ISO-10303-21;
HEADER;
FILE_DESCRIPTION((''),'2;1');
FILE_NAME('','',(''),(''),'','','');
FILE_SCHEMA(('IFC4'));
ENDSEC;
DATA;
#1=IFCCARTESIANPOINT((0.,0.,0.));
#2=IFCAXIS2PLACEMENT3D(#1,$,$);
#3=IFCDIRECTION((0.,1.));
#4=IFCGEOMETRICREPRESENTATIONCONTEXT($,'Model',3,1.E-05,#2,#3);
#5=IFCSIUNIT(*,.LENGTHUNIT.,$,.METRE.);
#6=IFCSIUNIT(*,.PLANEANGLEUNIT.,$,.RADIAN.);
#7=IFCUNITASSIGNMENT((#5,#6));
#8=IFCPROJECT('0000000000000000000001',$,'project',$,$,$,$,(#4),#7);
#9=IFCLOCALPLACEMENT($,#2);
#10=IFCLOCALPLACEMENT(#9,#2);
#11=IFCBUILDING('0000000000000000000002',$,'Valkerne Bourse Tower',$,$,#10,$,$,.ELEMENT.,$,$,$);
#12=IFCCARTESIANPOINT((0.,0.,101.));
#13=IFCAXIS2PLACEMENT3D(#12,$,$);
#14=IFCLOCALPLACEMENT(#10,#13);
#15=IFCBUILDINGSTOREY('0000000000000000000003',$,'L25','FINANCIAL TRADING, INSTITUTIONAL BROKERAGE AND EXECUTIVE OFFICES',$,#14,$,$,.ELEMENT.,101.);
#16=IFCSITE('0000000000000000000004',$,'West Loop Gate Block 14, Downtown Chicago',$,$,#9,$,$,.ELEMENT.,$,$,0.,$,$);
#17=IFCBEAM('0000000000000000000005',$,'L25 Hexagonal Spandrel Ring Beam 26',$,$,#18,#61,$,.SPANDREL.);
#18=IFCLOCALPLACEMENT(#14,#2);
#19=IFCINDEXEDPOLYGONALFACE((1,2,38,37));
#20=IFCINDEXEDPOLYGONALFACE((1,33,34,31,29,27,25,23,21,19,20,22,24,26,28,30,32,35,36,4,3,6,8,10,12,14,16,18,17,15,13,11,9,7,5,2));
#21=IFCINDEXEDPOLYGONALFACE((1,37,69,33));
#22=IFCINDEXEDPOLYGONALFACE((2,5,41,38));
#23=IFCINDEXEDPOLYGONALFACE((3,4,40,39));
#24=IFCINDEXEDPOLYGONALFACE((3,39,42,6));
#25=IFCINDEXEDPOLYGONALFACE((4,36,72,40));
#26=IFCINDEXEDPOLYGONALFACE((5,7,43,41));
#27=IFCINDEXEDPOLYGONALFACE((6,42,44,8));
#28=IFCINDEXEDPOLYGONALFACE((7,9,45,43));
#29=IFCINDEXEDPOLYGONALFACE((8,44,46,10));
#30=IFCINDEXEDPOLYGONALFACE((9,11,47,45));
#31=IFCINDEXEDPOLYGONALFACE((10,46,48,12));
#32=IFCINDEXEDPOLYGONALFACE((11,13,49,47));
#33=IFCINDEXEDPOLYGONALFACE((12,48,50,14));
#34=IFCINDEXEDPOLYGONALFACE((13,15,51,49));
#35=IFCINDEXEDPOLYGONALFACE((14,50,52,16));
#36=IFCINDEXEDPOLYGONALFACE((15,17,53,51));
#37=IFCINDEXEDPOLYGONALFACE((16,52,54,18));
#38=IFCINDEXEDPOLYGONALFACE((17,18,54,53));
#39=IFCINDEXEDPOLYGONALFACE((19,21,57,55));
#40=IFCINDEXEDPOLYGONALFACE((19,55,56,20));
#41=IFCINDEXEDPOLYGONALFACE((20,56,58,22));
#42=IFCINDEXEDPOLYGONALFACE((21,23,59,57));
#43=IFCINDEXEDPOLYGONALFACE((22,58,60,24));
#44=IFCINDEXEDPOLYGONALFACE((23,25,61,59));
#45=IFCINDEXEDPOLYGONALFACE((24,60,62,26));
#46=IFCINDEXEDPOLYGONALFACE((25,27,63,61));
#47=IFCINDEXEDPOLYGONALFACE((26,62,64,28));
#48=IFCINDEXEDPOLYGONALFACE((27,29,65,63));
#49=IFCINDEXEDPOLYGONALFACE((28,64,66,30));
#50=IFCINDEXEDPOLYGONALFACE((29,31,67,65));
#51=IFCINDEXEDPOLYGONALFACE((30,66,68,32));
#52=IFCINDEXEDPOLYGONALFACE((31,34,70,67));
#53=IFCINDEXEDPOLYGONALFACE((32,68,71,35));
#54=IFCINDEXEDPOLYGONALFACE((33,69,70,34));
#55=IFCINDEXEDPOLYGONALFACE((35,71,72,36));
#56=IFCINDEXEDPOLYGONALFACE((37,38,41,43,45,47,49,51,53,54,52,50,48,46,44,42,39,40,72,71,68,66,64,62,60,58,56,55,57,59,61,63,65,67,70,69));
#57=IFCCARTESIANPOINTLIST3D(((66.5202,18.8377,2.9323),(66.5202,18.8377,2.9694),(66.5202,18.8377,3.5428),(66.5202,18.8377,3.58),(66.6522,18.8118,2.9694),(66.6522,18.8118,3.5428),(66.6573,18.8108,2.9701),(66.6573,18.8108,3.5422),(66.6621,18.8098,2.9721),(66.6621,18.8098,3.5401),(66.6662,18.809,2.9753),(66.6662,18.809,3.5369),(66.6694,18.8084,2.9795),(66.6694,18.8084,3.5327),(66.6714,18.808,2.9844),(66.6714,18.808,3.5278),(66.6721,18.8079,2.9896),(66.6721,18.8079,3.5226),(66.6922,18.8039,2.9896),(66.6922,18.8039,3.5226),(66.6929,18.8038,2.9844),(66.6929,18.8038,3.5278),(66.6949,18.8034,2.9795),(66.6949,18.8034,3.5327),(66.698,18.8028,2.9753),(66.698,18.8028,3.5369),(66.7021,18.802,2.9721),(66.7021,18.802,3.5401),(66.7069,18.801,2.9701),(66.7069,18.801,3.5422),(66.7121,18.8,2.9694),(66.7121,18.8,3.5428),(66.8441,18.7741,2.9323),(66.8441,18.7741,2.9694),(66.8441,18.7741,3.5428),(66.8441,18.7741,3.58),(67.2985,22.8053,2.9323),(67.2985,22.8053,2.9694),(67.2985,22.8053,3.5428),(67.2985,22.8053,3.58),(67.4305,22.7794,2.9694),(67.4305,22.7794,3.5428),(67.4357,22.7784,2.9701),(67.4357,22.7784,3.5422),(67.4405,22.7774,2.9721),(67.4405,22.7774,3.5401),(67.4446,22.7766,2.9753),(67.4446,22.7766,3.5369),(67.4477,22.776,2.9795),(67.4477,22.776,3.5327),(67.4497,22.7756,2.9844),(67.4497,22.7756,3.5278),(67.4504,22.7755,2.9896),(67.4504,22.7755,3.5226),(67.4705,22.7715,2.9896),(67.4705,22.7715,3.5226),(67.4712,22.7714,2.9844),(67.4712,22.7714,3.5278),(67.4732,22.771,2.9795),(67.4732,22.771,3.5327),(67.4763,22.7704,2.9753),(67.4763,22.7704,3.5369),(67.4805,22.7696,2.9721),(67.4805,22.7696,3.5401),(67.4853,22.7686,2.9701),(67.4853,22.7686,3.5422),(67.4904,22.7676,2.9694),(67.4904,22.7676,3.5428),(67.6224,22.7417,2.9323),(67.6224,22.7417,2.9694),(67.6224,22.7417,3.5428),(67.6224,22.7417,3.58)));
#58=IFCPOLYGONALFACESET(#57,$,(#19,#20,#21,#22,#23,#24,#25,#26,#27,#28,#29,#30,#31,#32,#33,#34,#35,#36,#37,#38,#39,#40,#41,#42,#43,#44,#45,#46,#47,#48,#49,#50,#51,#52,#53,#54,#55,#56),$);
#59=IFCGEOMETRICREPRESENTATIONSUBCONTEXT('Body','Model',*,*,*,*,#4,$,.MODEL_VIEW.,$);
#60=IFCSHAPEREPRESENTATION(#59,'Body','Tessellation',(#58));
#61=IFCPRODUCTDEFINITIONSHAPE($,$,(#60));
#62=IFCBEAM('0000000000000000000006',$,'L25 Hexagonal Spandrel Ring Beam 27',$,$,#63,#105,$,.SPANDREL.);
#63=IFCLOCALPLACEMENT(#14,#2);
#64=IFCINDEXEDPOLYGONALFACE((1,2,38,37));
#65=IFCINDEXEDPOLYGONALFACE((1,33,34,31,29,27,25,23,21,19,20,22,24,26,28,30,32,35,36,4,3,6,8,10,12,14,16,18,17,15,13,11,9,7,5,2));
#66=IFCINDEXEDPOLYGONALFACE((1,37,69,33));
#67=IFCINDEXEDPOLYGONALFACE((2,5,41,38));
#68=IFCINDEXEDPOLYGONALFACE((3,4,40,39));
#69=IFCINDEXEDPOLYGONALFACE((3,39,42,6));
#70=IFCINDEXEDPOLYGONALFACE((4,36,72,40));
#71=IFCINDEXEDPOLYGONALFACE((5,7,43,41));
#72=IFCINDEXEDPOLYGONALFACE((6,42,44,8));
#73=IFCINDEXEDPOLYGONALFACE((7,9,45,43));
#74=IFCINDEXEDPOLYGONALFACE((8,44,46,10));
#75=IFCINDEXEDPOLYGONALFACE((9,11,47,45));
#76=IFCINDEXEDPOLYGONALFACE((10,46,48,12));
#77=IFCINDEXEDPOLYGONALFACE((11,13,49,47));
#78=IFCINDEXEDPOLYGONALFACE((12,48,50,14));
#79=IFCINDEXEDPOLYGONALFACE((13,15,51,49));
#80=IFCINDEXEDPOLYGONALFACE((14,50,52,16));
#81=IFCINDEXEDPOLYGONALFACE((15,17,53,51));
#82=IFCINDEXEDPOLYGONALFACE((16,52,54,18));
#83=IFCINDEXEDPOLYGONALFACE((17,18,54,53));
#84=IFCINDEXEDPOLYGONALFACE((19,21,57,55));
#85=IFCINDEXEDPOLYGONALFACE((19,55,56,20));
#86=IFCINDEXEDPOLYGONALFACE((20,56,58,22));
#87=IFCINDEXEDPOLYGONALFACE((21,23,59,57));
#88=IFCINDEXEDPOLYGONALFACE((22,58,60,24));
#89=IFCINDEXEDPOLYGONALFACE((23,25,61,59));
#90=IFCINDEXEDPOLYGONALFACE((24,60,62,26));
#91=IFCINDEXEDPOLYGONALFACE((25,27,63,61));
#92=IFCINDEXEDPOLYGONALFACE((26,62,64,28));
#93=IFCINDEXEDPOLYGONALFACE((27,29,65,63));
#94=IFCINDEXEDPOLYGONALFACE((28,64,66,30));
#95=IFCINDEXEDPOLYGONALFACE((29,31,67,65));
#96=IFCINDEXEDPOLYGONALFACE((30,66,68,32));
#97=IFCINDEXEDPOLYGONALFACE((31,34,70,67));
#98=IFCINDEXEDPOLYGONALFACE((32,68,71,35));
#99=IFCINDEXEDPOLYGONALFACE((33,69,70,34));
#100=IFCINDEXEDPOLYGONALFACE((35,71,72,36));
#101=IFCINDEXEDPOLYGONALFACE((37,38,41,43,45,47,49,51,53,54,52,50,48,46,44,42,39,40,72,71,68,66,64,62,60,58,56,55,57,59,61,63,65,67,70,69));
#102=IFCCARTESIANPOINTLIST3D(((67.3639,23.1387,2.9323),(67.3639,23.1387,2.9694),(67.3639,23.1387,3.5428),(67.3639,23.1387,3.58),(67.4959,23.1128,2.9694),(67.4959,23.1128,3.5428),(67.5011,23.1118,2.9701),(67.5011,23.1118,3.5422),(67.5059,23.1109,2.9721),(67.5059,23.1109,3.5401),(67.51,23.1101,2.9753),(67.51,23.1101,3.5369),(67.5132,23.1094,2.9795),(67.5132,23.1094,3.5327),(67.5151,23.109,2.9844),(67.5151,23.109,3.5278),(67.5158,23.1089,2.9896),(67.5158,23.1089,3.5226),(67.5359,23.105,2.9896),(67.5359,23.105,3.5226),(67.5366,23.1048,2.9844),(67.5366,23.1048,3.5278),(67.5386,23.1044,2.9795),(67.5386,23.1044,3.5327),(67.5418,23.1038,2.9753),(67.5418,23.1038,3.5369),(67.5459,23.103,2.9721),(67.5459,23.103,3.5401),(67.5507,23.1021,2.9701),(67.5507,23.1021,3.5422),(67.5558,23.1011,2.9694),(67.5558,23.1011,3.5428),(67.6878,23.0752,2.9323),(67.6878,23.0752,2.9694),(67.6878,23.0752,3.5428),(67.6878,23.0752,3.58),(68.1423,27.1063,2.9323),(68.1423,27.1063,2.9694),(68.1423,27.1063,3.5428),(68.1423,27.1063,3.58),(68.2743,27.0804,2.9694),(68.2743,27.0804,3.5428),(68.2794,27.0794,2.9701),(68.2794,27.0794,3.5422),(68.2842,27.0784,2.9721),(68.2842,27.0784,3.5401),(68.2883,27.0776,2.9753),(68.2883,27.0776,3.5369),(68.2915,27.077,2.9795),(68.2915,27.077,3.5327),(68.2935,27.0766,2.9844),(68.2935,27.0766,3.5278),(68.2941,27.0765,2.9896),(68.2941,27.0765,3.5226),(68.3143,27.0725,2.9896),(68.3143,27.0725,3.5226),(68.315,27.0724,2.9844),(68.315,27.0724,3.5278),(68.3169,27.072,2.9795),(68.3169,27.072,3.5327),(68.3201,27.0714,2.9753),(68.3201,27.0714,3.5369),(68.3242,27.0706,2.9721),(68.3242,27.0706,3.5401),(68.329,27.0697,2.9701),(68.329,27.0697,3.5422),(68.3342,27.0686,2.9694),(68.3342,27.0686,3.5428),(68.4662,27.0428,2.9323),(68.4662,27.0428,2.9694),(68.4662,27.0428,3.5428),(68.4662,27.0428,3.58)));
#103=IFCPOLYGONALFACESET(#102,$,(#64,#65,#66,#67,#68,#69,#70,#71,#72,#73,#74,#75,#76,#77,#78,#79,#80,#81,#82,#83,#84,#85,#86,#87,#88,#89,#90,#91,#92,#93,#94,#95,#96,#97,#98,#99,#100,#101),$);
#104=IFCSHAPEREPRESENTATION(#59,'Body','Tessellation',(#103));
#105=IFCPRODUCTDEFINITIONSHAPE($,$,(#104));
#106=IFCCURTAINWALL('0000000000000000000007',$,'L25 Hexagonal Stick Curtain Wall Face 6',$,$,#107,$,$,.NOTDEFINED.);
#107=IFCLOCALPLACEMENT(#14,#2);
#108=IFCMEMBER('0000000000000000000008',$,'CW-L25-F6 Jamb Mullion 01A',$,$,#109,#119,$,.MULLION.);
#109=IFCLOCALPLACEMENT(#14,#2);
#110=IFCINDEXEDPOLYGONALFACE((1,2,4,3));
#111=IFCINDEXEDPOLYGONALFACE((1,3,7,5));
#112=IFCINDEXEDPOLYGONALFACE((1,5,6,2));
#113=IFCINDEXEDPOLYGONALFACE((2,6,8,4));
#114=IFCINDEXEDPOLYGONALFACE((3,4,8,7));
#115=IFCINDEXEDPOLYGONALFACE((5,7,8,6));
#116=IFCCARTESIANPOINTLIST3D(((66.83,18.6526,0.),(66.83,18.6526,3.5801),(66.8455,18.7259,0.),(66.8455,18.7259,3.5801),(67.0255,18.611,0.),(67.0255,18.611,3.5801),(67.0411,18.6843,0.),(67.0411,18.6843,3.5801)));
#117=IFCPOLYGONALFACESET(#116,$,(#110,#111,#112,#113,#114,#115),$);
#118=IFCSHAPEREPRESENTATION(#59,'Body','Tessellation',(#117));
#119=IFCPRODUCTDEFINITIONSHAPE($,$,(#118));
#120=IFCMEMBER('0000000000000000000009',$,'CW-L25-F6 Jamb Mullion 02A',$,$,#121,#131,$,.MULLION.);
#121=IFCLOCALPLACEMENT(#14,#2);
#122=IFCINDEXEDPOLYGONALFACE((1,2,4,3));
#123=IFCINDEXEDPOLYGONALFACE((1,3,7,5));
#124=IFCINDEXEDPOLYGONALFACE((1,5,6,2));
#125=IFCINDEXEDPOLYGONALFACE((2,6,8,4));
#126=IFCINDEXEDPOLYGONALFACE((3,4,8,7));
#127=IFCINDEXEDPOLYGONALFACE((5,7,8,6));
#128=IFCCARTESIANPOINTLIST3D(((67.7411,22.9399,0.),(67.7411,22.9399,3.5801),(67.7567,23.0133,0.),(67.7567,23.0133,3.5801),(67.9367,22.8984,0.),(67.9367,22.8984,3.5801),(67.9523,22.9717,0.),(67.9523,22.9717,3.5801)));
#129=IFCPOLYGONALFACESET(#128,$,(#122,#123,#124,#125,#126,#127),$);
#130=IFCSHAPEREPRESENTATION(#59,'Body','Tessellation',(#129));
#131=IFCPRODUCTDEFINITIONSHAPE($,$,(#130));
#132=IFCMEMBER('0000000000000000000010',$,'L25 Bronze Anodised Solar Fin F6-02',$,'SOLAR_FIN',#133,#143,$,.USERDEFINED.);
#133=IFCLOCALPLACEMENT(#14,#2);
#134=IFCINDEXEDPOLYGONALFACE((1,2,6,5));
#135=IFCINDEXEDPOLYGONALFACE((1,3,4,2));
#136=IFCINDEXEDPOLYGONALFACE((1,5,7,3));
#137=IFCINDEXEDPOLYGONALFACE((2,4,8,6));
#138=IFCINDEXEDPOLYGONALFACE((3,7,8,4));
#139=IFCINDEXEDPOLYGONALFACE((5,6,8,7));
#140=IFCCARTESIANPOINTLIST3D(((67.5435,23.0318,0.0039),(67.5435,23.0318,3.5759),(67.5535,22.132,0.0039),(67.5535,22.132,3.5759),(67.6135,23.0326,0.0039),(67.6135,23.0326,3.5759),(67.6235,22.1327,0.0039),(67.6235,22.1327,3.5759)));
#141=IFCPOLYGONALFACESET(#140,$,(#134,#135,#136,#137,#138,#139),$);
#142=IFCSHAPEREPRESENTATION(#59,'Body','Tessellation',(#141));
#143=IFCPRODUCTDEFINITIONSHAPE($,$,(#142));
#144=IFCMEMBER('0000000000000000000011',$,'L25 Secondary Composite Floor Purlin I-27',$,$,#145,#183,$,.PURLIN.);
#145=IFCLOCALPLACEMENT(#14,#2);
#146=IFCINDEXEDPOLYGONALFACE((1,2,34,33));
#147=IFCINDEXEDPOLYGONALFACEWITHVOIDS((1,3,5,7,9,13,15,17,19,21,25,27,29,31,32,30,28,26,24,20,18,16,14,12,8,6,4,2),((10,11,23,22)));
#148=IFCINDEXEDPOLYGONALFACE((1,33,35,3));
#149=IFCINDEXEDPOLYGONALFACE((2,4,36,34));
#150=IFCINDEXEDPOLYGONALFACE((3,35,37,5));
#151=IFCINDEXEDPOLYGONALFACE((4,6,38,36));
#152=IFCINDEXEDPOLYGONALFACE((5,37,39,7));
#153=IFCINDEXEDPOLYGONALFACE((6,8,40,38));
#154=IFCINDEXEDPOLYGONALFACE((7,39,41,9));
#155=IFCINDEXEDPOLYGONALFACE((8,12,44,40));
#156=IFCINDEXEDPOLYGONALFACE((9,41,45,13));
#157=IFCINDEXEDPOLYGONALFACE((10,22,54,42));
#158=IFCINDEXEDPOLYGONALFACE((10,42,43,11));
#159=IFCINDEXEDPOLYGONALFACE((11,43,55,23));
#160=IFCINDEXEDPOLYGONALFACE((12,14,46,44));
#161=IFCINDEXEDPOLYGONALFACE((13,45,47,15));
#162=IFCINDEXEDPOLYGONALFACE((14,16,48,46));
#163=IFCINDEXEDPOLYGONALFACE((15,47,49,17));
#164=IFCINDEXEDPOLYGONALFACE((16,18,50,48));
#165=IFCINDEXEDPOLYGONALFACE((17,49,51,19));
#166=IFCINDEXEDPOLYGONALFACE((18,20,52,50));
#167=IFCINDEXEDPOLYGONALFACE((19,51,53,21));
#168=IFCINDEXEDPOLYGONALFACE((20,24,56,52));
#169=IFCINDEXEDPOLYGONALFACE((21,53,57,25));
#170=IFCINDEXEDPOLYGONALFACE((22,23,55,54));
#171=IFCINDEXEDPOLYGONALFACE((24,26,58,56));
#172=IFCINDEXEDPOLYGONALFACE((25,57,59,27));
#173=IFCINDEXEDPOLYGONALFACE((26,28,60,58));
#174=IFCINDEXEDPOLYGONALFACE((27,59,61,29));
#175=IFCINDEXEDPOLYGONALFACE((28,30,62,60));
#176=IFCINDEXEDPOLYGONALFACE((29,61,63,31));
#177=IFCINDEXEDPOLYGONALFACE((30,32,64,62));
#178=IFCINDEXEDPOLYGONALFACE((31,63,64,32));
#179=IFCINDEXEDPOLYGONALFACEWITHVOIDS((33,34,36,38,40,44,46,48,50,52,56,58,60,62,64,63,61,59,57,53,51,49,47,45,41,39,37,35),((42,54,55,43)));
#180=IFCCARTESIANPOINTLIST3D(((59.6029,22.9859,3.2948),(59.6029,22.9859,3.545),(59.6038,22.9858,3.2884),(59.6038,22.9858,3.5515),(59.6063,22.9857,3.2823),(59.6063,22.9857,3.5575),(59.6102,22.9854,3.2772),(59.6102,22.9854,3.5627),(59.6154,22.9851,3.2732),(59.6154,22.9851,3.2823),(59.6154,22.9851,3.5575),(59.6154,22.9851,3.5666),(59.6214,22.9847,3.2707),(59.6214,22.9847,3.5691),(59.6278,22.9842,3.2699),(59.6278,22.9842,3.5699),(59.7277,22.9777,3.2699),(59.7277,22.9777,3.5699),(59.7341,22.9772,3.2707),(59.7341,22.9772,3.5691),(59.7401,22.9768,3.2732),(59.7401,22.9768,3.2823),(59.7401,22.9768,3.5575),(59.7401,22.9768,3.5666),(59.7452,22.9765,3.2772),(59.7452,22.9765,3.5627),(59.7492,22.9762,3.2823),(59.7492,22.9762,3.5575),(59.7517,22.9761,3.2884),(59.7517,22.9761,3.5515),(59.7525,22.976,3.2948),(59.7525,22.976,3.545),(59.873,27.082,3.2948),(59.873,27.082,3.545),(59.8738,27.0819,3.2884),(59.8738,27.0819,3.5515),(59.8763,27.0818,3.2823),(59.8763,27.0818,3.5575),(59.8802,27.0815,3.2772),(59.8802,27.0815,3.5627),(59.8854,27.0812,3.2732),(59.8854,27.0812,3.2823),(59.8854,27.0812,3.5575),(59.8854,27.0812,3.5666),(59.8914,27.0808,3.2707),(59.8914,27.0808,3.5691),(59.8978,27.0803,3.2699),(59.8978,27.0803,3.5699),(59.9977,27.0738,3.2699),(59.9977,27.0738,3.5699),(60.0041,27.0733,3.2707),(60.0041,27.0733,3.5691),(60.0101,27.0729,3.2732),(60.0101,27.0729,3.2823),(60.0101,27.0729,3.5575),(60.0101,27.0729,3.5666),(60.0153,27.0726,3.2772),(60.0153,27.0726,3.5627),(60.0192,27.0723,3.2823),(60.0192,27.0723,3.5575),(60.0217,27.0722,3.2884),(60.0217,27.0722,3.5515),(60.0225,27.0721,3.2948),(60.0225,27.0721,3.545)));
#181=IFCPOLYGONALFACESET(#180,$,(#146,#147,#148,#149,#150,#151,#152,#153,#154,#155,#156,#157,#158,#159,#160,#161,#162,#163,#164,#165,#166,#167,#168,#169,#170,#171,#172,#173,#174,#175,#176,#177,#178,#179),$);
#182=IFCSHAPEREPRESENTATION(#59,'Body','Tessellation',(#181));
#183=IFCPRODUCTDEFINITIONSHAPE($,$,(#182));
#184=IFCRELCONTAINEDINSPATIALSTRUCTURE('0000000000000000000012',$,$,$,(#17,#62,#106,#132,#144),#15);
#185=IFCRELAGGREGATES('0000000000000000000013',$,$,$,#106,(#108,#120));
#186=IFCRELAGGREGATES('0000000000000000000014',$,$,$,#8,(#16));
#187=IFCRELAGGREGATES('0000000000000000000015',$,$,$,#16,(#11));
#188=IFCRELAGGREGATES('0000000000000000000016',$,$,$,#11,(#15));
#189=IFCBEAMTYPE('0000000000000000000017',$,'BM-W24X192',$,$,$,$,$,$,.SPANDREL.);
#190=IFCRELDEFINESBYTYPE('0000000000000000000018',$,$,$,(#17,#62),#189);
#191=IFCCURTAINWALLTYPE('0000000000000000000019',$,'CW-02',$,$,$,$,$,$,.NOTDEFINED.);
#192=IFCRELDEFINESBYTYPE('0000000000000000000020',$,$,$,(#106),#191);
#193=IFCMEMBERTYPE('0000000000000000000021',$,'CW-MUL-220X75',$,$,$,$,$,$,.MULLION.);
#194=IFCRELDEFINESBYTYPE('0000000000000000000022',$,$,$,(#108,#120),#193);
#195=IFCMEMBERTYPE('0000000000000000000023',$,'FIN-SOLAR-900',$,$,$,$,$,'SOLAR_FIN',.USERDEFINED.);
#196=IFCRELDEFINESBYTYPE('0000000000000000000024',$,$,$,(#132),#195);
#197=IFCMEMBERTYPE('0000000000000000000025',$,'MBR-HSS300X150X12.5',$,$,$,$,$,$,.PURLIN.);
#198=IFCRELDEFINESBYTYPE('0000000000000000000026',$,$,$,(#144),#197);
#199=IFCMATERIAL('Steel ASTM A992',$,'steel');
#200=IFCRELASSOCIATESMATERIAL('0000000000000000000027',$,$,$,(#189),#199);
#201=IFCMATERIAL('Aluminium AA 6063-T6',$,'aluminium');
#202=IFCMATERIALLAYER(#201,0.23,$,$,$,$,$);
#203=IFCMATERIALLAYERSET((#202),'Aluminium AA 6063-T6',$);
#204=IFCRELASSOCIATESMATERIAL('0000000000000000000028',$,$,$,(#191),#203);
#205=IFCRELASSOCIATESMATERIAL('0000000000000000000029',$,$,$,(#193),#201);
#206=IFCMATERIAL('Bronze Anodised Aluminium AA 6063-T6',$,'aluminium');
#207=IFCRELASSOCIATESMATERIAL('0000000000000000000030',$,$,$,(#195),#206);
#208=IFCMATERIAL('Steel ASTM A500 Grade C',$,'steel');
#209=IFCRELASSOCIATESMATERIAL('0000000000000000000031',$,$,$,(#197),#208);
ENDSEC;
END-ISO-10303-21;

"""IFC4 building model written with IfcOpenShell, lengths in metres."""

from ifc_helpers import new_model, si_unit, direction, frame, origin, origin_2d, place, context, subcontext, project, spatial, rectangle, hollow_rectangle, i_section, extrude, material, layer, layer_set, material_profile, profile_set, type_object, element, aggregate, save


model = new_model("IFC4")

# Units and contexts
model_context = context("Model", 3, precision=1e-05, world=origin(), true_north=direction((0.0, 1.0)))
body_context = subcontext(model_context, "Body", "Model", "MODEL_VIEW")
ifc_project = project(units=[si_unit("LENGTHUNIT", "METRE"), si_unit("PLANEANGLEUNIT", "RADIAN")], contexts=[model_context])

# Site, building, storey
site_placement = place(None, origin())
site = spatial("IfcSite", under=ifc_project, at=site_placement, Name="West Loop Gate Block 14, Downtown Chicago", CompositionType="ELEMENT", RefElevation=0.0)
building_placement = place(site_placement, origin())
building = spatial("IfcBuilding", under=site, at=building_placement, Name="Valkerne Bourse Tower", CompositionType="ELEMENT")
storey_placement = place(building_placement, frame((0.0, 0.0, 101.0)))
storey = spatial("IfcBuildingStorey", under=building, at=storey_placement, Name="L25", Description="FINANCIAL TRADING, INSTITUTIONAL BROKERAGE AND EXECUTIVE OFFICES", CompositionType="ELEMENT", Elevation=101.0)

# Beams
ifc_material_1 = material(Name="Steel ASTM A992", Category="steel")
ifc_material_profile_1 = material_profile(ifc_material_1, i_section(OverallWidth=0.3301, OverallDepth=0.6477, WebThickness=0.0205, FlangeThickness=0.0371, FilletRadius=0.0203, at=origin_2d()), Name="W24X192")
ifc_profile_set_1 = profile_set([ifc_material_profile_1], Name="Steel ASTM A992")
beam_type_1 = type_object("IfcBeamType", Name="BM-W24X192", PredefinedType="SPANDREL", material=ifc_profile_set_1)
for number, where, z_axis, x_axis, name in (
    (1, (66.6821, 18.8059, 3.2561), (0.192503, 0.981296, 0.0), (-0.981296, 0.192503, 0.0), "L25 Hexagonal Spandrel Ring Beam 26"),
    (2, (67.5259, 23.1069, 3.2561), (0.192503, 0.981296, 0.0), (-0.981296, 0.192503, 0.0), "L25 Hexagonal Spandrel Ring Beam 27"),
):
    element("IfcBeam", number, at=place(storey_placement, frame(where, z_axis=z_axis, x_axis=x_axis)), inside=storey, type_object=beam_type_1, Name=name, PredefinedType="SPANDREL", context=body_context, shape_type="SweptSolid", body=[
        extrude(i_section(OverallWidth=0.3301, OverallDepth=0.6477, WebThickness=0.0205, FlangeThickness=0.0371, FilletRadius=0.0203, at=origin_2d()), origin(), (0.0, 0.0, 1.0), 4.0432),
    ])

# Curtain wall, members
ifc_material_2 = material(Name="Aluminium AA 6063-T6", Category="aluminium")
ifc_layer_1 = layer(ifc_material_2, 0.23)
ifc_layer_set_1 = layer_set([ifc_layer_1], Name="Aluminium AA 6063-T6")
curtain_wall_type = type_object("IfcCurtainWallType", Name="CW-02", PredefinedType="NOTDEFINED", material=ifc_layer_set_1)
curtain_wall_placement = place(storey_placement, origin())
curtain_wall = element("IfcCurtainWall", 3, at=curtain_wall_placement, inside=storey, type_object=curtain_wall_type, Name="L25 Hexagonal Stick Curtain Wall Face 6", PredefinedType="NOTDEFINED")
ifc_material_profile_2 = material_profile(ifc_material_2, rectangle(XDim=0.075, YDim=0.2, at=origin_2d()), Name="CWM-75X200")
ifc_profile_set_2 = profile_set([ifc_material_profile_2], Name="Aluminium AA 6063-T6")
member_type_1 = type_object("IfcMemberType", Name="CW-MUL-220X75", PredefinedType="MULLION", material=ifc_profile_set_2)
member_1_placement = place(storey_placement, frame((66.9355, 18.6685, 0.0), z_axis=(0.0, 0.0, 1.0), x_axis=(0.207918, 0.978146, 0.0)))
member_1 = element("IfcMember", 4, at=member_1_placement, type_object=member_type_1, Name="CW-L25-F6 Jamb Mullion 01A", PredefinedType="MULLION", context=body_context, shape_type="SweptSolid", body=[
    extrude(rectangle(XDim=0.075, YDim=0.2, at=origin_2d()), origin(), (0.0, 0.0, 1.0), 3.5801),
])
member_2_placement = place(storey_placement, frame((67.8467, 22.9558, 0.0), z_axis=(0.0, 0.0, 1.0), x_axis=(0.207918, 0.978146, 0.0)))
member_2 = element("IfcMember", 5, at=member_2_placement, type_object=member_type_1, Name="CW-L25-F6 Jamb Mullion 02A", PredefinedType="MULLION", context=body_context, shape_type="SweptSolid", body=[
    extrude(rectangle(XDim=0.075, YDim=0.2, at=origin_2d()), origin(), (0.0, 0.0, 1.0), 3.5801),
])

# Members
ifc_material_3 = material(Name="Bronze Anodised Aluminium AA 6063-T6", Category="aluminium")
ifc_material_profile_3 = material_profile(ifc_material_3, rectangle(XDim=0.0701, YDim=0.8999, at=origin_2d()), Name="FIN-70X900")
ifc_profile_set_3 = profile_set([ifc_material_profile_3], Name="Bronze Anodised Aluminium AA 6063-T6")
member_type_2 = type_object("IfcMemberType", Name="FIN-SOLAR-900", ElementType="SOLAR_FIN", PredefinedType="USERDEFINED", material=ifc_profile_set_3)
member_3_placement = place(storey_placement, frame((67.5835, 22.5823, 0.0039), z_axis=(0.0, 0.0, 1.0), x_axis=(0.999938, 0.011098, 0.0)))
element("IfcMember", 6, at=member_3_placement, inside=storey, type_object=member_type_2, Name="L25 Bronze Anodised Solar Fin F6-02", ObjectType="SOLAR_FIN", PredefinedType="USERDEFINED", context=body_context, shape_type="SweptSolid", body=[
    extrude(rectangle(XDim=0.0701, YDim=0.8999, at=origin_2d()), origin(), (0.0, 0.0, 1.0), 3.572),
])
ifc_material_4 = material(Name="Steel ASTM A500 Grade C", Category="steel")
ifc_material_profile_4 = material_profile(ifc_material_4, hollow_rectangle(XDim=0.1499, YDim=0.3, WallThickness=0.0125, OuterFilletRadius=0.0249, at=origin_2d()), Name="HSS300X150X12.5")
ifc_profile_set_4 = profile_set([ifc_material_profile_4], Name="Steel ASTM A500 Grade C")
member_type_3 = type_object("IfcMemberType", Name="MBR-HSS300X150X12.5", PredefinedType="PURLIN", material=ifc_profile_set_4)
member_4_placement = place(storey_placement, frame((59.6777, 22.981, 3.4199), z_axis=(0.065777, 0.997834, 0.0), x_axis=(-0.997834, 0.065777, 0.0)))
element("IfcMember", 7, at=member_4_placement, inside=storey, type_object=member_type_3, Name="L25 Secondary Composite Floor Purlin I-27", PredefinedType="PURLIN", context=body_context, shape_type="SweptSolid", body=[
    extrude(hollow_rectangle(XDim=0.1499, YDim=0.3, WallThickness=0.0125, OuterFilletRadius=0.0249, at=origin_2d()), origin(), (0.0, 0.0, 1.0), 4.105),
])

aggregate(curtain_wall, [member_1, member_2])

save(model, "model.ifc")
